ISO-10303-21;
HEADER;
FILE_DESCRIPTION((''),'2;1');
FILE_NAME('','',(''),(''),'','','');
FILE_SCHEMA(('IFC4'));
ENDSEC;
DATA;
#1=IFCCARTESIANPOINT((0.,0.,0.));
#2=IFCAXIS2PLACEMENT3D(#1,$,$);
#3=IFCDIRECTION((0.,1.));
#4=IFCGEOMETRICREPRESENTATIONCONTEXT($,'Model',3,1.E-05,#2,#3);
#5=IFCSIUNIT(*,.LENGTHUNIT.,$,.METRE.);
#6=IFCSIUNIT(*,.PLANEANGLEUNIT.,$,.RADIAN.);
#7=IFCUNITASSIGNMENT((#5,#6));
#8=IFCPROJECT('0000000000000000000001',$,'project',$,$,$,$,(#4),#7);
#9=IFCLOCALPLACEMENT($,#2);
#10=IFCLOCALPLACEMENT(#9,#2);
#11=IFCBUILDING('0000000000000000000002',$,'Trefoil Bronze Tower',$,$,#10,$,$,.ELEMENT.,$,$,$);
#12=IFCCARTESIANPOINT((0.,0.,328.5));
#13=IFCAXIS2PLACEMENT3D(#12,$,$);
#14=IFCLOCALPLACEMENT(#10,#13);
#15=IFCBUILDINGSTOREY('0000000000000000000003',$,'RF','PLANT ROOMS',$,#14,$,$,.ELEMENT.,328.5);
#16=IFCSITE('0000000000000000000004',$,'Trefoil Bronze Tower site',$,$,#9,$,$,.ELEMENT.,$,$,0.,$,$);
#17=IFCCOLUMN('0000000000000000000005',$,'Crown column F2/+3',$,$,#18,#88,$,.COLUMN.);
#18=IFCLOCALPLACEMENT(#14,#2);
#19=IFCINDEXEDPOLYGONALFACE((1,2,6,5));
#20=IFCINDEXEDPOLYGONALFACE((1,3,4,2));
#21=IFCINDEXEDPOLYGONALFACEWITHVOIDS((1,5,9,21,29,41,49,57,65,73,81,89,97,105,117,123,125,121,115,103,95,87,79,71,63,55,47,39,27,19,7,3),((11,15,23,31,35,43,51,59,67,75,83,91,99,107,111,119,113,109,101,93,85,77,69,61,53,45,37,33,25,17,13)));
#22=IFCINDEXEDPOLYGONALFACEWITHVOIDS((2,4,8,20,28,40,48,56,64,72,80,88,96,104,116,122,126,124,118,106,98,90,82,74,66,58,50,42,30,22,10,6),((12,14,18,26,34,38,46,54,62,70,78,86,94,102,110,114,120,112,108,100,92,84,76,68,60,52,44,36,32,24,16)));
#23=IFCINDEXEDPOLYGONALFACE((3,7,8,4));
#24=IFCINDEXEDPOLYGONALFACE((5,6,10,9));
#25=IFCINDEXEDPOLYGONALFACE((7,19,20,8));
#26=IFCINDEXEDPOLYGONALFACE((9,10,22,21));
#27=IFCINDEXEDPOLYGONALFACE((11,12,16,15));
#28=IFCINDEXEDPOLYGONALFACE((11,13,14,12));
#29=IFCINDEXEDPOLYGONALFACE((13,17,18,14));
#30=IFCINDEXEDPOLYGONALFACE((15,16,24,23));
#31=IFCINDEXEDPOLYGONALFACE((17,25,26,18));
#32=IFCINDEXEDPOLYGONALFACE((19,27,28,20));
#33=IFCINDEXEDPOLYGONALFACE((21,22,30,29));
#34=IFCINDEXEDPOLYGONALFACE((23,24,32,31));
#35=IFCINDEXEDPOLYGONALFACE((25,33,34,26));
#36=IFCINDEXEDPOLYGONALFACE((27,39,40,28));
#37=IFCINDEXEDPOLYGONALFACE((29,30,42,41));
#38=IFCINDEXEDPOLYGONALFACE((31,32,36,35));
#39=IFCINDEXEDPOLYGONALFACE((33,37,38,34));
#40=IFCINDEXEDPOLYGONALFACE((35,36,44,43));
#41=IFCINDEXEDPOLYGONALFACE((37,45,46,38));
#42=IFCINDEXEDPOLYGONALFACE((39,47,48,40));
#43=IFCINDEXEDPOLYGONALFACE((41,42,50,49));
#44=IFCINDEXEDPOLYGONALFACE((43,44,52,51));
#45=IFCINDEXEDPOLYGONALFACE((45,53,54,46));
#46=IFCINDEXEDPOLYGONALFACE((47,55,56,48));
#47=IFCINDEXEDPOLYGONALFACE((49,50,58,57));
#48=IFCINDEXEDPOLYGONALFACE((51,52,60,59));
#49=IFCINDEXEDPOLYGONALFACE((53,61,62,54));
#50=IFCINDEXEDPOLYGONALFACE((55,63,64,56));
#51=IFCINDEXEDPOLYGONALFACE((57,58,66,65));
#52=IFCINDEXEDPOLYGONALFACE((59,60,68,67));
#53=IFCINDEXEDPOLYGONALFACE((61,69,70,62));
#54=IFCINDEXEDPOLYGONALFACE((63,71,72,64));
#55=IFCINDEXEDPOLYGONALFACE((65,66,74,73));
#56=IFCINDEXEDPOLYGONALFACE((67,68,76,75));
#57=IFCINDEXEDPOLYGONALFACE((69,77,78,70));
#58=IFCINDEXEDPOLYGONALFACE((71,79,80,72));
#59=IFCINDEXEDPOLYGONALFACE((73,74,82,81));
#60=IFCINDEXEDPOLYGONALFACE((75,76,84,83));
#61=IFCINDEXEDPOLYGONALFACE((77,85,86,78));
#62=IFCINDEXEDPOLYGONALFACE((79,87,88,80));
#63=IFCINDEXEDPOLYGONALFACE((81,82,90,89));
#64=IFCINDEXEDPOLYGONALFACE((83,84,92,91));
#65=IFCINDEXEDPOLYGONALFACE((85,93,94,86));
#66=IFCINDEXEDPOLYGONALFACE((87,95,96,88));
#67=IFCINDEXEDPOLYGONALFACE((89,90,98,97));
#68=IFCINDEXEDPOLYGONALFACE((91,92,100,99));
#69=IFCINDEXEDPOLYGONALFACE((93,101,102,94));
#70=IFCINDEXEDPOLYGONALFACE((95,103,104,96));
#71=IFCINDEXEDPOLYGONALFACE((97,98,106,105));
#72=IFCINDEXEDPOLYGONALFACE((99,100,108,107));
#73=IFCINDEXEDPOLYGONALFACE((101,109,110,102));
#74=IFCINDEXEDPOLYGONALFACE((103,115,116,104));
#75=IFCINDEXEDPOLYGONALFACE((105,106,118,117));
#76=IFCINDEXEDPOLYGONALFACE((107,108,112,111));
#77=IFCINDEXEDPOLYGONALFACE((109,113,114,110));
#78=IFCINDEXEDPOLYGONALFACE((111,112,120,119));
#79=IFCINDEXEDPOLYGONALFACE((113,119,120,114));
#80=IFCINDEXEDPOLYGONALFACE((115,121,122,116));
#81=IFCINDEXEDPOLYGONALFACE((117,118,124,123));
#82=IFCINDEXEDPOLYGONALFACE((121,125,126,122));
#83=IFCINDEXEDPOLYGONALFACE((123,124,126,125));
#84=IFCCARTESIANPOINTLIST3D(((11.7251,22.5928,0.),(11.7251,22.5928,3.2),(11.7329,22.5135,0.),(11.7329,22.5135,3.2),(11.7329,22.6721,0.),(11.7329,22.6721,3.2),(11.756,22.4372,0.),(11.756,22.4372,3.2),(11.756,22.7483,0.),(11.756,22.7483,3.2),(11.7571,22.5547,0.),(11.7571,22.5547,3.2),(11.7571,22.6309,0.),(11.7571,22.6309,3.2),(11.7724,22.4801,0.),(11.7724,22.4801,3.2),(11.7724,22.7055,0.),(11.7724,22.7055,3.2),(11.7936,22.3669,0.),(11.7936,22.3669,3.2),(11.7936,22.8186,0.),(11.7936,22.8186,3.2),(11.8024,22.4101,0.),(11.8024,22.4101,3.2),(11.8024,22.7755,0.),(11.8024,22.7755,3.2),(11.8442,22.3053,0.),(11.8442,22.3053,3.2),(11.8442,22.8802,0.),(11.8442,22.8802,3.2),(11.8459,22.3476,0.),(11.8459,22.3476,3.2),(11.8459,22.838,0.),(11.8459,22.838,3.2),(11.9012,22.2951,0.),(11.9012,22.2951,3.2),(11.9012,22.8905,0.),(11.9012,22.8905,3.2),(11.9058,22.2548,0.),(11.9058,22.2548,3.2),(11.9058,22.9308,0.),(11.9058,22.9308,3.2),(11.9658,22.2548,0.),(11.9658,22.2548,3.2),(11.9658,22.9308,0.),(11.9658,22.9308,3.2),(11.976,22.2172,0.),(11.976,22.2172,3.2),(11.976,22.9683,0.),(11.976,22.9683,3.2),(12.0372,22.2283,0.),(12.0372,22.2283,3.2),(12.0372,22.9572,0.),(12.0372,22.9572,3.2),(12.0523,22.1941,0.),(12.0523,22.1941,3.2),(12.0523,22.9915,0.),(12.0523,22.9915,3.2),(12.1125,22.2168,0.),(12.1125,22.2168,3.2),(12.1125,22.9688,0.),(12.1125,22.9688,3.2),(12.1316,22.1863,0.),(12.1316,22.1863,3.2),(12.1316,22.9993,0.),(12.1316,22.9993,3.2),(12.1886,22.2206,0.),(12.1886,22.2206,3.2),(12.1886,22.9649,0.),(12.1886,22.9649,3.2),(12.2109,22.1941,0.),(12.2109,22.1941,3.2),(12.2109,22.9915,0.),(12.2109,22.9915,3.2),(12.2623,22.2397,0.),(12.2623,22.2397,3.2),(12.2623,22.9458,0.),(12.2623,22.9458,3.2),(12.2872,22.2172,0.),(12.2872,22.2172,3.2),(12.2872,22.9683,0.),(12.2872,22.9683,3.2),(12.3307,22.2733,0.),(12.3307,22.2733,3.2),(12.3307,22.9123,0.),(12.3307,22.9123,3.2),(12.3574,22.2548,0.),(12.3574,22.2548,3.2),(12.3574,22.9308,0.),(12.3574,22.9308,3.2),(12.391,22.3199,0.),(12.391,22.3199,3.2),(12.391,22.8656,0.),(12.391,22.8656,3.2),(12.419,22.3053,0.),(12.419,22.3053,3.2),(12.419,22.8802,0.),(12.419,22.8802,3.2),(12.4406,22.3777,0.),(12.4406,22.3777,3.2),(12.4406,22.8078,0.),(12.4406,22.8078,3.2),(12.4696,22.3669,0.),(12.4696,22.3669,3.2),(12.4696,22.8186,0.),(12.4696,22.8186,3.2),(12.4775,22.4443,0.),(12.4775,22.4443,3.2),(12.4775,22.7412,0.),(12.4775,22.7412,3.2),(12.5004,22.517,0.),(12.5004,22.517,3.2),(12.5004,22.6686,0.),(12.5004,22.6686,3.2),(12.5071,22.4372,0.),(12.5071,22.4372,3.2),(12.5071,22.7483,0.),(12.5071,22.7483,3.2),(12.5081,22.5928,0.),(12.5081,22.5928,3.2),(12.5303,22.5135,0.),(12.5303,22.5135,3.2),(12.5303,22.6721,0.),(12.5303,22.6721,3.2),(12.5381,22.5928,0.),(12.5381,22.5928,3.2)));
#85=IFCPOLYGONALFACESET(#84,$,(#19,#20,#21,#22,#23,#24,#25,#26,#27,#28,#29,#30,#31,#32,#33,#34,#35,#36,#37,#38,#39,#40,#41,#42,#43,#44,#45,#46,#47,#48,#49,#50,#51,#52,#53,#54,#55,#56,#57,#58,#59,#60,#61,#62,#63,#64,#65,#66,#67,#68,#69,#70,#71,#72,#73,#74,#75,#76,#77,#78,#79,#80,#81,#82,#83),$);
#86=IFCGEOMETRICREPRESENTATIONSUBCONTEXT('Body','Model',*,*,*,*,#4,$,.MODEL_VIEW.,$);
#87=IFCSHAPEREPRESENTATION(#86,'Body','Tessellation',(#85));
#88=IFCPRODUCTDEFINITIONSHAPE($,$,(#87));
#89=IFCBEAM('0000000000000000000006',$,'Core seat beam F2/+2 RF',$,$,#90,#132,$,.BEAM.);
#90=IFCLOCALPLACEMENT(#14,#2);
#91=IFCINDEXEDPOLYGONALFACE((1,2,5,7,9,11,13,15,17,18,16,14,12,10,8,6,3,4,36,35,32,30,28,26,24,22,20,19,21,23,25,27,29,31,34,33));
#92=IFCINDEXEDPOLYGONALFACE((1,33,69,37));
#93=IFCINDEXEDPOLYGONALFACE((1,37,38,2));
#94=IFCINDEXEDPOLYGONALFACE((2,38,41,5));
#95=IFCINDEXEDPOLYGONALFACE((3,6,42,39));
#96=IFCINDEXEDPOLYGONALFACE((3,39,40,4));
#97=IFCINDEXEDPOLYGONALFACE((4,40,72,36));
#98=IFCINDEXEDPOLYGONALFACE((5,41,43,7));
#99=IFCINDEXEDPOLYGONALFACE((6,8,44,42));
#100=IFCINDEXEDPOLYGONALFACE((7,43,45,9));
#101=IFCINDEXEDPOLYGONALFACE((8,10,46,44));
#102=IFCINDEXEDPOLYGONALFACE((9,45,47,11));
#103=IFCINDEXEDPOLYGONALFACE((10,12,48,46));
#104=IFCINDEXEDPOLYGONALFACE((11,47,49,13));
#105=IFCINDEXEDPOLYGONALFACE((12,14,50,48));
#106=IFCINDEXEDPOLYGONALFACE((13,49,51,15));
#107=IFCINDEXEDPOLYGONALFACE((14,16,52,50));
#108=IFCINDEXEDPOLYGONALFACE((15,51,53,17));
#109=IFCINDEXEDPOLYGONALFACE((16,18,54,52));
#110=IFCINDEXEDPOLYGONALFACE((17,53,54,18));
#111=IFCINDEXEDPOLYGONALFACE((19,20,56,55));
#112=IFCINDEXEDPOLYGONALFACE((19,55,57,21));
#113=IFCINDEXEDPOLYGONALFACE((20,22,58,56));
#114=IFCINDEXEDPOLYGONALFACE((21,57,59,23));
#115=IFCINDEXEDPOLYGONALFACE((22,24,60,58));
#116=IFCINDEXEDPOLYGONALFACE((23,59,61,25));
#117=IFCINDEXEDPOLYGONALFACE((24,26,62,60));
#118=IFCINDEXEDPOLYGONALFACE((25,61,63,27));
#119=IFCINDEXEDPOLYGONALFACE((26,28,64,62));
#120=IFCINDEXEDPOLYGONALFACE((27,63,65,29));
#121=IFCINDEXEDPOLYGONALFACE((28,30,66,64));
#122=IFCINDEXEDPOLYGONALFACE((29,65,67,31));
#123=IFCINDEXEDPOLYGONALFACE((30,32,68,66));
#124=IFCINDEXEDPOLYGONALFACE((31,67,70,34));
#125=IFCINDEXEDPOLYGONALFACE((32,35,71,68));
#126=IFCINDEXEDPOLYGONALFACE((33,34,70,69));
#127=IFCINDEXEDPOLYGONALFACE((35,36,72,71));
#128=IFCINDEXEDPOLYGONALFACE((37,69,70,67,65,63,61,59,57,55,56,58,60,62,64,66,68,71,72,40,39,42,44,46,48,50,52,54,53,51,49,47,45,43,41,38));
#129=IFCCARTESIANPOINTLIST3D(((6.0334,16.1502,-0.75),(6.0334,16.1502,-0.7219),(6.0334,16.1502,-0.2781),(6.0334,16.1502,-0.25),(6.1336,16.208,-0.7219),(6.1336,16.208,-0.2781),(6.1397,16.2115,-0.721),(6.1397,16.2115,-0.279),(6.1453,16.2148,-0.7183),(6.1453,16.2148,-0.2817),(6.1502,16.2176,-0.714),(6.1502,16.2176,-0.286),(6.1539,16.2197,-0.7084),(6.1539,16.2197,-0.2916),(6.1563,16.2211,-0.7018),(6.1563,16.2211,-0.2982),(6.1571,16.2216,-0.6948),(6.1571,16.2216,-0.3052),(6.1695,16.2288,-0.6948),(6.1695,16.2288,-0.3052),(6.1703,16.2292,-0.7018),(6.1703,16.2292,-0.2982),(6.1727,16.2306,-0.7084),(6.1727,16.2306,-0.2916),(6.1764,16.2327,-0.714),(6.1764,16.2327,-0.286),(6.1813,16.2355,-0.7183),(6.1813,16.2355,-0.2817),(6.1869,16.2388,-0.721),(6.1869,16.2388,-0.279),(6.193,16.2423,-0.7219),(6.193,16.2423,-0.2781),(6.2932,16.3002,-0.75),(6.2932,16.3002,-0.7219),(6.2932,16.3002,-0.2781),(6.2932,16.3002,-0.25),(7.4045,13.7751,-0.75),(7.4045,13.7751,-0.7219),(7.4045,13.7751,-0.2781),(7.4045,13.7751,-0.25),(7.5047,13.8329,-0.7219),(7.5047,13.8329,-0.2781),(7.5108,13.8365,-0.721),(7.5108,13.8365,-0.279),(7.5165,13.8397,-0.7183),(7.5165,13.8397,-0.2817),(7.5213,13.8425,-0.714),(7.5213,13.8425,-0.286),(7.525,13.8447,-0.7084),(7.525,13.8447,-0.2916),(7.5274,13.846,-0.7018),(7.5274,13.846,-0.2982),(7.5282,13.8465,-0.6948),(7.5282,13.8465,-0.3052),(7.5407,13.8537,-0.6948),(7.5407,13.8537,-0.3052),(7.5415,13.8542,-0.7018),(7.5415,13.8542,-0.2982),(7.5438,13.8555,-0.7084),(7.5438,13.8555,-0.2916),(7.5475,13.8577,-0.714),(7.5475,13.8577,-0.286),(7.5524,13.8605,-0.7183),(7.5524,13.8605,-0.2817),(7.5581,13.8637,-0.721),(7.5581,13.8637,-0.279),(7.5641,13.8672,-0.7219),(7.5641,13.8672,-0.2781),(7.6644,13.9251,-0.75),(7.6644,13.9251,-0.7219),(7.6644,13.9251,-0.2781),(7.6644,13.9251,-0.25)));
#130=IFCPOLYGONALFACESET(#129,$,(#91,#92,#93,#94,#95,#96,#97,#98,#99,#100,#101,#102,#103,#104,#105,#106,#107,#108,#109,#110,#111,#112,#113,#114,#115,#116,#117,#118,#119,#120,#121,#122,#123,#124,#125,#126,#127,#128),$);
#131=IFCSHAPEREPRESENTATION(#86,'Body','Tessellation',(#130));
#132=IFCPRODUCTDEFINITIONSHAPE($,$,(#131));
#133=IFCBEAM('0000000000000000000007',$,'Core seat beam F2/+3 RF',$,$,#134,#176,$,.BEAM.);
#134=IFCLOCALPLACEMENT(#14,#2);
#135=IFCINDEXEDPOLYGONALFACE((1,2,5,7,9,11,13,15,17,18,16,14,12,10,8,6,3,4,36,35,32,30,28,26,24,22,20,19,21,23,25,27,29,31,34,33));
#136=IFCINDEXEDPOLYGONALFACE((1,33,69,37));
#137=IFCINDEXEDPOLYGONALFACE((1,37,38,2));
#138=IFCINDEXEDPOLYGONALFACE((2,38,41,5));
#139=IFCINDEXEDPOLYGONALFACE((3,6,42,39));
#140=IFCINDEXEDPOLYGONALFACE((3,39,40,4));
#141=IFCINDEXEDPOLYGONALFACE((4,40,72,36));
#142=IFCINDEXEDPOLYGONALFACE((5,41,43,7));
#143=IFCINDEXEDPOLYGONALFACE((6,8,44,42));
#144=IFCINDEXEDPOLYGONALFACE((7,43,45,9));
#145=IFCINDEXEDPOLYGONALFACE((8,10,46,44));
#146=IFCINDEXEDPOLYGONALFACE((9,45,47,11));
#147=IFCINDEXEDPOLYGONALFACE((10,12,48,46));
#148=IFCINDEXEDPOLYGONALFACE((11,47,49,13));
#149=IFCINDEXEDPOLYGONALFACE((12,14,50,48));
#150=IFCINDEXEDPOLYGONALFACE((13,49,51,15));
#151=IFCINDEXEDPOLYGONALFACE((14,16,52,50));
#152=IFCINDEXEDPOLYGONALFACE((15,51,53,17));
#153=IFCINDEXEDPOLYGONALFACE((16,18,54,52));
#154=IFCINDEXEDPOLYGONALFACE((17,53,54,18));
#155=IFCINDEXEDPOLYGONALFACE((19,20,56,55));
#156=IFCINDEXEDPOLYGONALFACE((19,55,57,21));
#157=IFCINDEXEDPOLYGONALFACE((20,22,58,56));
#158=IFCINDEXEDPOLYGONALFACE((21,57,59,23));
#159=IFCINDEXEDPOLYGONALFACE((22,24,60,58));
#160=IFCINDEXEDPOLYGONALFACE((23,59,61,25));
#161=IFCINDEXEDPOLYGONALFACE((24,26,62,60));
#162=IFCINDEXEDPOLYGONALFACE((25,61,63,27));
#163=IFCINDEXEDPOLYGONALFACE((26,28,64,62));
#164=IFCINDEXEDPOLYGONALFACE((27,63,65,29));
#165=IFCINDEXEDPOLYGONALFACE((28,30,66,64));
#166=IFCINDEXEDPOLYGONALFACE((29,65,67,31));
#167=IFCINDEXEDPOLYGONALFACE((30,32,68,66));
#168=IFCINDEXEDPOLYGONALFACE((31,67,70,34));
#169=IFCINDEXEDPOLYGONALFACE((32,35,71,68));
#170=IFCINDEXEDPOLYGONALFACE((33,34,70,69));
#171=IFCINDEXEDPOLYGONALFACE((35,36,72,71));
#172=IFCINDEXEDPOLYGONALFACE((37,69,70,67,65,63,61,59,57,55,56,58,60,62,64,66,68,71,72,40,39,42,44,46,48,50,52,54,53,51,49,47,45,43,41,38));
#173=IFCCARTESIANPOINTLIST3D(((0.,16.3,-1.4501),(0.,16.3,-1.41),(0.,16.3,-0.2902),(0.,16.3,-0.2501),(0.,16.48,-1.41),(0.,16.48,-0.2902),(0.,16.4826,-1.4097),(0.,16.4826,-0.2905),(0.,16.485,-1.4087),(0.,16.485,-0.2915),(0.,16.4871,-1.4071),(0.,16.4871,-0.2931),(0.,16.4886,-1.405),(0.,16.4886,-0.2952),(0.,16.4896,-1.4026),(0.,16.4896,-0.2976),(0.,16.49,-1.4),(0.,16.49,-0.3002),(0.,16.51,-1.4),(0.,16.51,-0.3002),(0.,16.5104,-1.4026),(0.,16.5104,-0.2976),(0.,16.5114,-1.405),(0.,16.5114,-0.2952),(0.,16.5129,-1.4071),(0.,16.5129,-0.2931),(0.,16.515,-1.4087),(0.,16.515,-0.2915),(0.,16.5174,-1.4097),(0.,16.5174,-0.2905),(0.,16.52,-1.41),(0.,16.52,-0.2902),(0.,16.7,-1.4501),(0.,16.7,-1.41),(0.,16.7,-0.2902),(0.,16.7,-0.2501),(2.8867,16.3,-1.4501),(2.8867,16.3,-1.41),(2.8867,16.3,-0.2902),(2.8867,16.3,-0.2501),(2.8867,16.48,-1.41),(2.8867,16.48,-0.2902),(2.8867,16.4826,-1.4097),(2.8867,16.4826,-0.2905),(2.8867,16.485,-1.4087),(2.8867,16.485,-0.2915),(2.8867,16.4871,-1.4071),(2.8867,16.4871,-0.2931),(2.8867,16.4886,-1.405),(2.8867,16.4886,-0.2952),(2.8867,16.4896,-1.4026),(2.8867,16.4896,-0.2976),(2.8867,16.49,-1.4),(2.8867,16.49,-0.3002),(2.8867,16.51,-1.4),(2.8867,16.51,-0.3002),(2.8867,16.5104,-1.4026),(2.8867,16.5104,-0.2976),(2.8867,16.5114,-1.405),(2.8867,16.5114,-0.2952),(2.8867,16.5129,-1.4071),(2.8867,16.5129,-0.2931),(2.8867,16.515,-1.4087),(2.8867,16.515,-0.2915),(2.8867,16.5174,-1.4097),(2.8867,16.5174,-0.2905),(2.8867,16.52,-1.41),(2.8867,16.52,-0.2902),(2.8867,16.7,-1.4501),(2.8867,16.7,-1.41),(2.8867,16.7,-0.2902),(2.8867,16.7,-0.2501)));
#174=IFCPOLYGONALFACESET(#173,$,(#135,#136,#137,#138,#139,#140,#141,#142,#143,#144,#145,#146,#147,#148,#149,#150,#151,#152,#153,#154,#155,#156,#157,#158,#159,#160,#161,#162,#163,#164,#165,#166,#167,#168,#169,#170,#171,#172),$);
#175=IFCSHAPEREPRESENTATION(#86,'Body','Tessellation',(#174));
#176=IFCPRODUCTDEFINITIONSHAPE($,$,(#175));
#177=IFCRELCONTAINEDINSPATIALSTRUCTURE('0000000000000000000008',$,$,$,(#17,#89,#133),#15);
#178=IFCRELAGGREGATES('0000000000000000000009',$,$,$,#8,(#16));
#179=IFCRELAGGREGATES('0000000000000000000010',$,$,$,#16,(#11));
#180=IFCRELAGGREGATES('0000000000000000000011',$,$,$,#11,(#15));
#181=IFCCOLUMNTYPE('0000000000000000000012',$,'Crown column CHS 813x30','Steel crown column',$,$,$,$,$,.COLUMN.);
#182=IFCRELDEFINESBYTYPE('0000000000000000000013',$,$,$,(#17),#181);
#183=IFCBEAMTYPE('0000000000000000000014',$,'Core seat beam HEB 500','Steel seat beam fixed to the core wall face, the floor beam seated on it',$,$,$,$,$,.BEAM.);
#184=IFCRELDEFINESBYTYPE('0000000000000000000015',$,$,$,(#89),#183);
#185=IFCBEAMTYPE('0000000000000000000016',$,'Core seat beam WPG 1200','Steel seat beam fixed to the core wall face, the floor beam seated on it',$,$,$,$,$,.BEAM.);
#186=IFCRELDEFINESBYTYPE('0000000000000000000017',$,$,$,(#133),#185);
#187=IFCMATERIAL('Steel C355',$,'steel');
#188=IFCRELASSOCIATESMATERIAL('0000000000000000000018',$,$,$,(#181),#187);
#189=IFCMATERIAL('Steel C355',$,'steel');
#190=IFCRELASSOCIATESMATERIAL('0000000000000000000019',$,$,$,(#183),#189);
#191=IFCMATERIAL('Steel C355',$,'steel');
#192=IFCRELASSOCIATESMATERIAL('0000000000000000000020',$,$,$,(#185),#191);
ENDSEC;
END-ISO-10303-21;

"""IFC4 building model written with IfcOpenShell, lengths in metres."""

from ifc_helpers import new_model, si_unit, direction, frame, origin, origin_2d, place, context, subcontext, project, spatial, hollow_circle, i_section, extrude, material, material_profile, profile_set, type_object, element, save


model = new_model("IFC4")

# Units and contexts
model_context = context("Model", 3, precision=1e-05, world=origin(), true_north=direction((0.0, 1.0)))
body_context = subcontext(model_context, "Body", "Model", "MODEL_VIEW")
ifc_project = project(units=[si_unit("LENGTHUNIT", "METRE"), si_unit("PLANEANGLEUNIT", "RADIAN")], contexts=[model_context])

# Site, building, storey
site_placement = place(None, origin())
site = spatial("IfcSite", under=ifc_project, at=site_placement, Name="Trefoil Bronze Tower site", CompositionType="ELEMENT", RefElevation=0.0)
building_placement = place(site_placement, origin())
building = spatial("IfcBuilding", under=site, at=building_placement, Name="Trefoil Bronze Tower", CompositionType="ELEMENT")
storey_placement = place(building_placement, frame((0.0, 0.0, 328.5)))
storey = spatial("IfcBuildingStorey", under=building, at=storey_placement, Name="RF", Description="PLANT ROOMS", CompositionType="ELEMENT", Elevation=328.5)

# Column
ifc_material_1 = material(Name="Steel C355", Category="steel")
ifc_material_profile_1 = material_profile(ifc_material_1, hollow_circle(Radius=0.4065, WallThickness=0.03, at=origin_2d()), Name="CHS 813x30")
ifc_profile_set_1 = profile_set([ifc_material_profile_1], Name="Steel C355")
column_type = type_object("IfcColumnType", Name="Crown column CHS 813x30", Description="Steel crown column", PredefinedType="COLUMN", material=ifc_profile_set_1)
for number, where, z_axis, x_axis, name in (
    (1, (12.1316, 22.5928, 0.0), (0.0, 0.0, 1.0), (1.0, 0.0, 0.0), "Crown column F2/+3"),
):
    element("IfcColumn", number, at=place(storey_placement, frame(where, z_axis=z_axis, x_axis=x_axis)), inside=storey, type_object=column_type, Name=name, PredefinedType="COLUMN", context=body_context, shape_type="SweptSolid", body=[
        extrude(hollow_circle(Radius=0.4065, WallThickness=0.03, at=origin_2d()), origin(), (0.0, 0.0, 1.0), 3.2),
    ])

# Beams
ifc_material_2 = material(Name="Steel C355", Category="steel")
ifc_material_profile_2 = material_profile(ifc_material_2, i_section(OverallWidth=0.3, OverallDepth=0.5, WebThickness=0.0144, FlangeThickness=0.0281, FilletRadius=0.0271, at=origin_2d()), Name="HEB 500")
ifc_profile_set_2 = profile_set([ifc_material_profile_2], Name="Steel C355")
beam_type_1 = type_object("IfcBeamType", Name="Core seat beam HEB 500", Description="Steel seat beam fixed to the core wall face, the floor beam seated on it", PredefinedType="BEAM", material=ifc_profile_set_2)
beam_1_placement = place(storey_placement, frame((7.5344, 13.8501, -0.5), z_axis=(-0.499969, 0.866043, 0.0), x_axis=(-0.866043, -0.499969, 0.0)))
element("IfcBeam", 2, at=beam_1_placement, inside=storey, type_object=beam_type_1, Name="Core seat beam F2/+2 RF", PredefinedType="BEAM", context=body_context, shape_type="SweptSolid", body=[
    extrude(i_section(OverallWidth=0.3, OverallDepth=0.5, WebThickness=0.0144, FlangeThickness=0.0281, FilletRadius=0.0271, at=origin_2d()), origin(), (0.0, 0.0, 1.0), 2.7424),
])
ifc_material_3 = material(Name="Steel C355", Category="steel")
ifc_material_profile_3 = material_profile(ifc_material_3, i_section(OverallWidth=0.3999, OverallDepth=1.2, WebThickness=0.02, FlangeThickness=0.04, FilletRadius=0.01, at=origin_2d()), Name="WPG 1200")
ifc_profile_set_3 = profile_set([ifc_material_profile_3], Name="Steel C355")
beam_type_2 = type_object("IfcBeamType", Name="Core seat beam WPG 1200", Description="Steel seat beam fixed to the core wall face, the floor beam seated on it", PredefinedType="BEAM", material=ifc_profile_set_3)
beam_2_placement = place(storey_placement, frame((2.8867, 16.5, -0.8501), z_axis=(-1.0, 0.0, 0.0), x_axis=(0.0, -1.0, 0.0)))
element("IfcBeam", 3, at=beam_2_placement, inside=storey, type_object=beam_type_2, Name="Core seat beam F2/+3 RF", PredefinedType="BEAM", context=body_context, shape_type="SweptSolid", body=[
    extrude(i_section(OverallWidth=0.3999, OverallDepth=1.2, WebThickness=0.02, FlangeThickness=0.04, FilletRadius=0.01, at=origin_2d()), origin(), (0.0, 0.0, 1.0), 2.8867),
])

save(model, "model.ifc")
